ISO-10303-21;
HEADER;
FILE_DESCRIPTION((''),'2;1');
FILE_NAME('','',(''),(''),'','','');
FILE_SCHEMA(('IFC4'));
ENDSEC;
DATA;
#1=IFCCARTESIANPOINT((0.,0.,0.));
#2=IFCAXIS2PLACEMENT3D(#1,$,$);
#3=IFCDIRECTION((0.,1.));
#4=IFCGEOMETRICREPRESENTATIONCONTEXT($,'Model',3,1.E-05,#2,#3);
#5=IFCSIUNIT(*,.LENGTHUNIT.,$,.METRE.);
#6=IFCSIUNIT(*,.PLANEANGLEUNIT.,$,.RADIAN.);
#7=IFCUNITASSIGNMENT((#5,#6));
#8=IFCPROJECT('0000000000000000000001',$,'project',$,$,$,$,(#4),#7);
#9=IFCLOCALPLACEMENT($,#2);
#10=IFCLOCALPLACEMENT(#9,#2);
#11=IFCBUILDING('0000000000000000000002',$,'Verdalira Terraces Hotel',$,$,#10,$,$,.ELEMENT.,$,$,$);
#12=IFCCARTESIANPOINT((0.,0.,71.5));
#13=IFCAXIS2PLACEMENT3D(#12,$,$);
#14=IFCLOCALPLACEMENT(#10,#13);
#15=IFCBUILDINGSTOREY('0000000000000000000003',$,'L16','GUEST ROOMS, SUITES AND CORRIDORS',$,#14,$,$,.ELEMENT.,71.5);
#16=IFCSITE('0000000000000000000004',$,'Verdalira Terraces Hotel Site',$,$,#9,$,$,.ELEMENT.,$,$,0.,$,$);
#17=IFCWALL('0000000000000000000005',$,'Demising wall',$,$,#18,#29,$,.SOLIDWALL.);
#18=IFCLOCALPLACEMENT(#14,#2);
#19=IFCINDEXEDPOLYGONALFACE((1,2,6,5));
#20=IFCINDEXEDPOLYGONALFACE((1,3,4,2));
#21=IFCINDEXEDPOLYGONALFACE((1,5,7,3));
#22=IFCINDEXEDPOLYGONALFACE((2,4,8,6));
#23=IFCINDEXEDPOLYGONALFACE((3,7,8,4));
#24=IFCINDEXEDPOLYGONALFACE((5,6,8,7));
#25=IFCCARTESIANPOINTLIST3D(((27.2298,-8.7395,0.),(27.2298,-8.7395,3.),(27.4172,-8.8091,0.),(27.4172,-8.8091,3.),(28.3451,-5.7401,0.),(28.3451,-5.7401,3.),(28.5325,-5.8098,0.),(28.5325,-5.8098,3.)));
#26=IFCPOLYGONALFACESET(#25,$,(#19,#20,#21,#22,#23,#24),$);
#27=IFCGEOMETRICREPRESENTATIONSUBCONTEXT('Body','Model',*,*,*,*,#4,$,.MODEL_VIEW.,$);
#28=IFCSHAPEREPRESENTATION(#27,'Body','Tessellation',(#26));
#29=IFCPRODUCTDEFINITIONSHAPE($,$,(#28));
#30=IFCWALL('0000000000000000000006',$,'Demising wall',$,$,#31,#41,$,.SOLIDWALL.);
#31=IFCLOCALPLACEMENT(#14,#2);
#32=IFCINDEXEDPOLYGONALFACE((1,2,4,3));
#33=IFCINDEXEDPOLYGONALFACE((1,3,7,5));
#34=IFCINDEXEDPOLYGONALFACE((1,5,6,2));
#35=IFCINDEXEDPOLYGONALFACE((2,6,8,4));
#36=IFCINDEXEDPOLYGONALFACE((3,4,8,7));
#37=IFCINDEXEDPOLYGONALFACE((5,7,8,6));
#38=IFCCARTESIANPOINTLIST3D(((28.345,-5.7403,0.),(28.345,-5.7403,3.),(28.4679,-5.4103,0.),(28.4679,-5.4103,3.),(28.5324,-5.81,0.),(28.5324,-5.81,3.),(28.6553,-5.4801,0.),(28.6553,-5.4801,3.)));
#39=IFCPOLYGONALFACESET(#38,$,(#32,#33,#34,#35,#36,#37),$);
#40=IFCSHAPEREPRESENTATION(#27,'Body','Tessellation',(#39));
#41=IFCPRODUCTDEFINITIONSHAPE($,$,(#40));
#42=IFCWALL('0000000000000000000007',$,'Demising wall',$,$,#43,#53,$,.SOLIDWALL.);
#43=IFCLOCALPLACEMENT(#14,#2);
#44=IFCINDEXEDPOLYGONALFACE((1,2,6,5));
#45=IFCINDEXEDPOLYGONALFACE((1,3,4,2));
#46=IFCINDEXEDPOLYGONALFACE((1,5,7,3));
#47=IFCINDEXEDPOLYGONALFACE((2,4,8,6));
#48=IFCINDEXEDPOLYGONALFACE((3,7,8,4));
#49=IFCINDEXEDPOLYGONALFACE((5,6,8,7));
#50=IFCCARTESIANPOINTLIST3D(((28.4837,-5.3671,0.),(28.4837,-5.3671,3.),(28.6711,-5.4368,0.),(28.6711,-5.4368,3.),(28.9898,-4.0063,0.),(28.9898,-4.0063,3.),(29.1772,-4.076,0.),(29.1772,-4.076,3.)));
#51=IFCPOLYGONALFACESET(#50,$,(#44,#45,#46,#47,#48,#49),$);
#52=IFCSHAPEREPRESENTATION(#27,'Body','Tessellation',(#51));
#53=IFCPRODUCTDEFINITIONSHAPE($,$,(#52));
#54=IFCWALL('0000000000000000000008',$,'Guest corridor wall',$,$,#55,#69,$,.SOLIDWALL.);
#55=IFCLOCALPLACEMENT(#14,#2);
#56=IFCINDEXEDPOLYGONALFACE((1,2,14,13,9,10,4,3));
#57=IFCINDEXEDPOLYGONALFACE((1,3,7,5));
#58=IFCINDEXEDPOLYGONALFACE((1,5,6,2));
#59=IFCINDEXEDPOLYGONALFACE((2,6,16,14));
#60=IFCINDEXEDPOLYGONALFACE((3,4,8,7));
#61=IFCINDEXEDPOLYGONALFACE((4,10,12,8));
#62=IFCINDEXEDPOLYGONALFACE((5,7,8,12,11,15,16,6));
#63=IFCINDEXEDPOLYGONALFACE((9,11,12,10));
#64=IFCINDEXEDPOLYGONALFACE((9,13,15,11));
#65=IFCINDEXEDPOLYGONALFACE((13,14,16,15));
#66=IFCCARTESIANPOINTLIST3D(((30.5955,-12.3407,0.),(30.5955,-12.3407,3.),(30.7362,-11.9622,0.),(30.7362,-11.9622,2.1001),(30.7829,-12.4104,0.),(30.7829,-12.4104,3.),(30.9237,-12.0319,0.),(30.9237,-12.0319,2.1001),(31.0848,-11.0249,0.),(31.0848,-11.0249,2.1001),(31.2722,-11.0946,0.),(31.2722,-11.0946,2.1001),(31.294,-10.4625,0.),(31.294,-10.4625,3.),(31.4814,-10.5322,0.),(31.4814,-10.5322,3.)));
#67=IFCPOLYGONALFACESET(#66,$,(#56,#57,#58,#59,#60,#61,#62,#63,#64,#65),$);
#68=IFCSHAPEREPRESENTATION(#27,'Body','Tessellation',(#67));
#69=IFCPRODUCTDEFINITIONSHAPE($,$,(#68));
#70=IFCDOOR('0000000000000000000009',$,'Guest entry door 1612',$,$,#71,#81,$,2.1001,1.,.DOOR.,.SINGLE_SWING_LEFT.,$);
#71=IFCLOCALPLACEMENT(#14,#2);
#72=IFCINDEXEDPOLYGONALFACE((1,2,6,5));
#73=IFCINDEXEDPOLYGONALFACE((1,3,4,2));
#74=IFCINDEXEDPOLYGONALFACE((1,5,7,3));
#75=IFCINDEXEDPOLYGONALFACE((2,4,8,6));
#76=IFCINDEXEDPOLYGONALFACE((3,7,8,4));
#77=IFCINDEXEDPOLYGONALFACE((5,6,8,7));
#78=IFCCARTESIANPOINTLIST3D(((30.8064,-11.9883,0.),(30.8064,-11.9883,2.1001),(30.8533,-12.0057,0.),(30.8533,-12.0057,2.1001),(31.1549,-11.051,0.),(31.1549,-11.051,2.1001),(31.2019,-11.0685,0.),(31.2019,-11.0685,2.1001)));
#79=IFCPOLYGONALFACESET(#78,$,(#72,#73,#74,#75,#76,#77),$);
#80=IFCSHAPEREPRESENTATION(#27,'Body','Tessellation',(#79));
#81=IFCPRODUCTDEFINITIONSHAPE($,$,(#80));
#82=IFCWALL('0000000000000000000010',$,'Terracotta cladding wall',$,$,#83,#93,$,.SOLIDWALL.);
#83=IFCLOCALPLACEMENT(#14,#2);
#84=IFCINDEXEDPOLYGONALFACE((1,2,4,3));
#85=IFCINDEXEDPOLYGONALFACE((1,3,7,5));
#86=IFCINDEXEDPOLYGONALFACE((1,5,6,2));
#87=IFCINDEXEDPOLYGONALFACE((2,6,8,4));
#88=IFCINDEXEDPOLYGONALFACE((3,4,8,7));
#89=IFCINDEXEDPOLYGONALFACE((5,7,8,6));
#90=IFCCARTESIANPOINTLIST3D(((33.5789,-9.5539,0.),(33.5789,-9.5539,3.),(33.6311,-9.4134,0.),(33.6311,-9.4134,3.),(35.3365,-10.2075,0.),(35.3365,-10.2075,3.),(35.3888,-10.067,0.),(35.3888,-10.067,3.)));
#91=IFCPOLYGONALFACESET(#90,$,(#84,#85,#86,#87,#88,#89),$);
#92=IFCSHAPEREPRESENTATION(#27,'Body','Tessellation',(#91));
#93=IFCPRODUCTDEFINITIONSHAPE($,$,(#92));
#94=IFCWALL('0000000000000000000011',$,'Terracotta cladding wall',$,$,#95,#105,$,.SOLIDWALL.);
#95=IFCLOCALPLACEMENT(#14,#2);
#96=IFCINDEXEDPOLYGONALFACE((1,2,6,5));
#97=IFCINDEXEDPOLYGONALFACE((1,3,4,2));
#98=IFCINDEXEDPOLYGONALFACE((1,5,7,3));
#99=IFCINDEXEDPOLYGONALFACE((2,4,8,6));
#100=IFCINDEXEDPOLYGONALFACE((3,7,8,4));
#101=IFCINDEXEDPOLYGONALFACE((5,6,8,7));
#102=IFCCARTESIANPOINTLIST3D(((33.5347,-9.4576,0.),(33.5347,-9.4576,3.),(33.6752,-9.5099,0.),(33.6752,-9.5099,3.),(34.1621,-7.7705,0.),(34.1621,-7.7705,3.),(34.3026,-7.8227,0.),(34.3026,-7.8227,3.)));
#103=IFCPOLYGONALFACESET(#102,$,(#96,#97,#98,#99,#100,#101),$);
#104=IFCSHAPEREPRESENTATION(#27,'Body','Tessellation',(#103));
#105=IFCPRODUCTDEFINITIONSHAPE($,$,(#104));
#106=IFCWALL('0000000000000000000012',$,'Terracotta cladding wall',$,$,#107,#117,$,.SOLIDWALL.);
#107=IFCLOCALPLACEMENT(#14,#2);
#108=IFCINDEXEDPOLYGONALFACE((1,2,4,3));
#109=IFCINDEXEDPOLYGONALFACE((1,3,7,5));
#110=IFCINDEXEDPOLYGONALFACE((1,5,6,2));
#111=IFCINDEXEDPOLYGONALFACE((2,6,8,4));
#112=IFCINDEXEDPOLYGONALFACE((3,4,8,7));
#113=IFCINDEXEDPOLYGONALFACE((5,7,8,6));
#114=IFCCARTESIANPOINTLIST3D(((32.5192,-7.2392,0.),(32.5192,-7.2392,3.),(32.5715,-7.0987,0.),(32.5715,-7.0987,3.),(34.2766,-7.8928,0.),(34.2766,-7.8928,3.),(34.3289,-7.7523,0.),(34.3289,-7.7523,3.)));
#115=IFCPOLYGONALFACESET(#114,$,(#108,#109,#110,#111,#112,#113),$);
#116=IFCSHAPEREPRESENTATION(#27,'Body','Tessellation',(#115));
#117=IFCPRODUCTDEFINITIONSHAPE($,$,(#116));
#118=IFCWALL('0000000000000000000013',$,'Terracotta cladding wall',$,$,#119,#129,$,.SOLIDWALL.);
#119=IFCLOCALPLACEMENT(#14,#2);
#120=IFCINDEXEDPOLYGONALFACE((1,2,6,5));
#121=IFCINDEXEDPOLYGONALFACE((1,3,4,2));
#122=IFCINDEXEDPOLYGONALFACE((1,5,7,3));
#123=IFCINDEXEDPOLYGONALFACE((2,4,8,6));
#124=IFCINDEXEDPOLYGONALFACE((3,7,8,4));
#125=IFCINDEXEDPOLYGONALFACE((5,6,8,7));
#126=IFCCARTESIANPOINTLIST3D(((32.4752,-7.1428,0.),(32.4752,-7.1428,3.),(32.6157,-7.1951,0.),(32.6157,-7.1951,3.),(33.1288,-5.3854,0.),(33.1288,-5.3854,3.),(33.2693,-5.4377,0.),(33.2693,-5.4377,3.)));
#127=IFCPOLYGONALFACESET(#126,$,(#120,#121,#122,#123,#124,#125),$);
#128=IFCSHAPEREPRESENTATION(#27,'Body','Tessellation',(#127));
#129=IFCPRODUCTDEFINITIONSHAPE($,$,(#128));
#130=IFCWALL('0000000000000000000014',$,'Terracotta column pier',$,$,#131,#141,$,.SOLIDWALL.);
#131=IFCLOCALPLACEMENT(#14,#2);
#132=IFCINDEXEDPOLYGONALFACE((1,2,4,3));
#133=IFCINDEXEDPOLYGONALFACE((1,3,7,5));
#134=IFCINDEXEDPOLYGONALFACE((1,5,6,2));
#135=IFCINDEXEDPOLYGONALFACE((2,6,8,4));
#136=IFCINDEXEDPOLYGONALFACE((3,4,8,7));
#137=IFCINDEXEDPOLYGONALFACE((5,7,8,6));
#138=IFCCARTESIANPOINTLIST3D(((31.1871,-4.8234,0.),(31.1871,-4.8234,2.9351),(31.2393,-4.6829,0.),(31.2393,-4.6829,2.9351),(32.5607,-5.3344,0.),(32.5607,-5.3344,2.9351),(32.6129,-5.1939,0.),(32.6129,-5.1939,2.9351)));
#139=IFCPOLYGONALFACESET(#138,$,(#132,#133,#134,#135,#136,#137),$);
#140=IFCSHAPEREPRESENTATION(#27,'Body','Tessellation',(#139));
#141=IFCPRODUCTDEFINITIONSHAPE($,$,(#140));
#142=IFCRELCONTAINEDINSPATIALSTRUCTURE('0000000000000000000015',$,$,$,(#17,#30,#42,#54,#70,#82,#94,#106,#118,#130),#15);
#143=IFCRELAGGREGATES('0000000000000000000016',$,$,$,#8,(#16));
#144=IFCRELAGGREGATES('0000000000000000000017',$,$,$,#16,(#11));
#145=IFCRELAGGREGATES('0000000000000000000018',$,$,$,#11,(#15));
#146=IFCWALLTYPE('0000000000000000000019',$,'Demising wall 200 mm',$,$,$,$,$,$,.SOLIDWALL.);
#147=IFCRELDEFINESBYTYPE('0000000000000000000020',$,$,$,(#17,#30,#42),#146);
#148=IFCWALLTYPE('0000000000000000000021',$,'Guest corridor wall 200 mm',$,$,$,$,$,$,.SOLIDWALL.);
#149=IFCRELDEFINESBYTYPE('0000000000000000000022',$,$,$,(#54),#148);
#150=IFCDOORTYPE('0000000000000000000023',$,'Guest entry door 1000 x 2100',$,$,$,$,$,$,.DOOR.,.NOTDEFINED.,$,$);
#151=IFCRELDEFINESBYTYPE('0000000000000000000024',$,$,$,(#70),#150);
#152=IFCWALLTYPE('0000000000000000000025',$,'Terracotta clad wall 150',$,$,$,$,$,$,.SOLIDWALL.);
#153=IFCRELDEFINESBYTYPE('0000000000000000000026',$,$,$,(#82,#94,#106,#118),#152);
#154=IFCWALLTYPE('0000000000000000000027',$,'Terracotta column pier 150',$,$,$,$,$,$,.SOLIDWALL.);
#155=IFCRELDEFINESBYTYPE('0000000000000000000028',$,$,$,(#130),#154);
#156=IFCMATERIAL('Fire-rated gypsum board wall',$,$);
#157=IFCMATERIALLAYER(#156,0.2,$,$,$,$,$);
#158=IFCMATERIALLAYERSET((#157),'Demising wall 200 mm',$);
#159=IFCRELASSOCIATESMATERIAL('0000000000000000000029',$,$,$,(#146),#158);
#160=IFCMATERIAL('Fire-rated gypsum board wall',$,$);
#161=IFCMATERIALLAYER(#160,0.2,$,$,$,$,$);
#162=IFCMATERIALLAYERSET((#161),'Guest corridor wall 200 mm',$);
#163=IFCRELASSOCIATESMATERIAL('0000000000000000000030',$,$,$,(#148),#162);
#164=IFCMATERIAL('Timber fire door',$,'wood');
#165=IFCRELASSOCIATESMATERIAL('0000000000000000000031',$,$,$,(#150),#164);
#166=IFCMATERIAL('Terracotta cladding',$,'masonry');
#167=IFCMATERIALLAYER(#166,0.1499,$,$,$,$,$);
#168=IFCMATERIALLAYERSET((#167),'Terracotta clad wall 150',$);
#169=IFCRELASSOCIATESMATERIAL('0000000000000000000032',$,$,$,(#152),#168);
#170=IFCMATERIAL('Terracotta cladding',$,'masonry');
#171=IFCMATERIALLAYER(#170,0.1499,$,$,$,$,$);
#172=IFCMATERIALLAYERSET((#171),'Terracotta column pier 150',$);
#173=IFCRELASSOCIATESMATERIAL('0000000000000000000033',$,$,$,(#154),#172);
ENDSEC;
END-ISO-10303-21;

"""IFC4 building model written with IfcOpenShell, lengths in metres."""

from ifc_helpers import new_model, si_unit, direction, frame, frame_2d, origin, place, context, subcontext, project, spatial, rectangle, extrude, material, layer, layer_set, type_object, element, fill, save


model = new_model("IFC4")

# Units and contexts
model_context = context("Model", 3, precision=1e-05, world=origin(), true_north=direction((0.0, 1.0)))
body_context = subcontext(model_context, "Body", "Model", "MODEL_VIEW")
ifc_project = project(units=[si_unit("LENGTHUNIT", "METRE"), si_unit("PLANEANGLEUNIT", "RADIAN")], contexts=[model_context])

# Site, building, storey
site_placement = place(None, origin())
site = spatial("IfcSite", under=ifc_project, at=site_placement, Name="Verdalira Terraces Hotel Site", CompositionType="ELEMENT", RefElevation=0.0)
building_placement = place(site_placement, origin())
building = spatial("IfcBuilding", under=site, at=building_placement, Name="Verdalira Terraces Hotel", CompositionType="ELEMENT")
storey_placement = place(building_placement, frame((0.0, 0.0, 71.5)))
storey = spatial("IfcBuildingStorey", under=building, at=storey_placement, Name="L16", Description="GUEST ROOMS, SUITES AND CORRIDORS", CompositionType="ELEMENT", Elevation=71.5)

# Walls
ifc_material_1 = material(Name="Fire-rated gypsum board wall")
ifc_layer_1 = layer(ifc_material_1, 0.2)
ifc_layer_set_1 = layer_set([ifc_layer_1], Name="Demising wall 200 mm")
wall_type_1 = type_object("IfcWallType", Name="Demising wall 200 mm", PredefinedType="SOLIDWALL", material=ifc_layer_set_1)
wall_1_placement = place(storey_placement, frame((27.3235, -8.7744, 0.0), z_axis=(0.0, 0.0, 1.0), x_axis=(0.348522, 0.937301, 0.0)))
element("IfcWall", 1, at=wall_1_placement, inside=storey, type_object=wall_type_1, Name="Demising wall", PredefinedType="SOLIDWALL", context=body_context, shape_type="SweptSolid", body=[
    extrude(rectangle(XDim=3.2, YDim=0.2, at=frame_2d((1.6001, 0.0))), origin(), (0.0, 0.0, 1.0), 3.0),
])
wall_2_placement = place(storey_placement, frame((28.4387, -5.7751, 0.0), z_axis=(0.0, 0.0, 1.0), x_axis=(0.348918, 0.937153, 0.0)))
element("IfcWall", 2, at=wall_2_placement, inside=storey, type_object=wall_type_1, Name="Demising wall", PredefinedType="SOLIDWALL", context=body_context, shape_type="SweptSolid", body=[
    extrude(rectangle(XDim=0.3521, YDim=0.2, at=frame_2d((0.176, 0.0))), origin(), (0.0, 0.0, 1.0), 3.0),
])
wall_3_placement = place(storey_placement, frame((28.5774, -5.4021, 0.0), z_axis=(0.0, 0.0, 1.0), x_axis=(0.348579, 0.937279, 0.0)))
element("IfcWall", 3, at=wall_3_placement, inside=storey, type_object=wall_type_1, Name="Demising wall", PredefinedType="SOLIDWALL", context=body_context, shape_type="SweptSolid", body=[
    extrude(rectangle(XDim=1.4519, YDim=0.2, at=frame_2d((0.7261, 0.0))), origin(), (0.0, 0.0, 1.0), 3.0),
])

# Wall, opening, door
ifc_material_2 = material(Name="Fire-rated gypsum board wall")
ifc_layer_2 = layer(ifc_material_2, 0.2)
ifc_layer_set_2 = layer_set([ifc_layer_2], Name="Guest corridor wall 200 mm")
wall_type_2 = type_object("IfcWallType", Name="Guest corridor wall 200 mm", PredefinedType="SOLIDWALL", material=ifc_layer_set_2)
wall_4_placement = place(storey_placement, frame((31.3877, -10.4973, 0.0), z_axis=(0.0, 0.0, 1.0), x_axis=(-0.348572, -0.937282, 0.0)))
wall_4 = element("IfcWall", 4, at=wall_4_placement, inside=storey, type_object=wall_type_2, Name="Guest corridor wall", PredefinedType="SOLIDWALL", context=body_context, shape_type="SweptSolid", body=[
    extrude(rectangle(XDim=2.0039, YDim=0.2, at=frame_2d((1.002, 0.0))), origin(), (0.0, 0.0, 1.0), 3.0),
])
opening_1_placement = place(wall_4_placement, frame((0.6001, 0.0, 0.0)))
opening_1 = element("IfcOpeningElement", 5, at=opening_1_placement, cuts=wall_4, PredefinedType="OPENING", context=body_context, shape_type="SweptSolid", body=[
    extrude(rectangle(XDim=1.0, YDim=2.1001, at=frame_2d((0.5, 1.05))), frame((0.0, 0.1099, 0.0), z_axis=(0.0, -1.0, 0.0), x_axis=(1.0, 0.0, 0.0)), (0.0, 0.0, 1.0), 0.22),
])
ifc_material_3 = material(Name="Timber fire door", Category="wood")
door_type_1 = type_object("IfcDoorType", Name="Guest entry door 1000 x 2100", OperationType="NOTDEFINED", PredefinedType="DOOR", material=ifc_material_3)
door_1_placement = place(opening_1_placement, origin())
door_1 = element("IfcDoor", 6, at=door_1_placement, inside=storey, type_object=door_type_1, Name="Guest entry door 1612", OperationType="SINGLE_SWING_LEFT", OverallHeight=2.1001, OverallWidth=1.0, PredefinedType="DOOR", context=body_context, shape_type="SweptSolid", body=[
    extrude(rectangle(XDim=1.0, YDim=2.1001, at=frame_2d((0.5, 1.05))), frame((0.0, 0.0249, 0.0), z_axis=(0.0, -1.0, 0.0), x_axis=(1.0, 0.0, 0.0)), (0.0, 0.0, 1.0), 0.05),
])
fill(opening_1, door_1)

# Walls
ifc_material_4 = material(Name="Terracotta cladding", Category="masonry")
ifc_layer_3 = layer(ifc_material_4, 0.1499)
ifc_layer_set_3 = layer_set([ifc_layer_3], Name="Terracotta clad wall 150")
wall_type_3 = type_object("IfcWallType", Name="Terracotta clad wall 150", PredefinedType="SOLIDWALL", material=ifc_layer_set_3)
wall_5_placement = place(storey_placement, frame((35.3625, -10.1372, 0.0), z_axis=(0.0, 0.0, 1.0), x_axis=(-0.937294, 0.34854, 0.0)))
element("IfcWall", 7, at=wall_5_placement, inside=storey, type_object=wall_type_3, Name="Terracotta cladding wall", PredefinedType="SOLIDWALL", context=body_context, shape_type="SweptSolid", body=[
    extrude(rectangle(XDim=1.8752, YDim=0.1499, at=frame_2d((0.9375, 0.0))), origin(), (0.0, 0.0, 1.0), 3.0),
])
wall_6_placement = place(storey_placement, frame((33.605, -9.4836, 0.0), z_axis=(0.0, 0.0, 1.0), x_axis=(0.348551, 0.93729, 0.0)))
element("IfcWall", 8, at=wall_6_placement, inside=storey, type_object=wall_type_3, Name="Terracotta cladding wall", PredefinedType="SOLIDWALL", context=body_context, shape_type="SweptSolid", body=[
    extrude(rectangle(XDim=1.8, YDim=0.1499, at=frame_2d((0.8999, 0.0))), origin(), (0.0, 0.0, 1.0), 3.0),
])
for number, where, z_axis, x_axis, name in (
    (9, (34.3027, -7.8225, 0.0), (0.0, 0.0, 1.0), (-0.937278, 0.348582, 0.0), "Terracotta cladding wall"),
    (10, (32.5454, -7.1689, 0.0), (0.0, 0.0, 1.0), (0.348582, 0.937278, 0.0), "Terracotta cladding wall"),
):
    element("IfcWall", number, at=place(storey_placement, frame(where, z_axis=z_axis, x_axis=x_axis)), inside=storey, type_object=wall_type_3, Name=name, PredefinedType="SOLIDWALL", context=body_context, shape_type="SweptSolid", body=[
        extrude(rectangle(XDim=1.875, YDim=0.1499, at=frame_2d((0.9375, 0.0))), origin(), (0.0, 0.0, 1.0), 3.0),
    ])
ifc_material_5 = material(Name="Terracotta cladding", Category="masonry")
ifc_layer_4 = layer(ifc_material_5, 0.1499)
ifc_layer_set_4 = layer_set([ifc_layer_4], Name="Terracotta column pier 150")
wall_type_4 = type_object("IfcWallType", Name="Terracotta column pier 150", PredefinedType="SOLIDWALL", material=ifc_layer_set_4)
wall_7_placement = place(storey_placement, frame((32.5869, -5.2642, 0.0), z_axis=(0.0, 0.0, 1.0), x_axis=(-0.937243, 0.348676, 0.0)))
element("IfcWall", 11, at=wall_7_placement, inside=storey, type_object=wall_type_4, Name="Terracotta column pier", PredefinedType="SOLIDWALL", context=body_context, shape_type="SweptSolid", body=[
    extrude(rectangle(XDim=1.4656, YDim=0.1499, at=frame_2d((0.7329, 0.0))), origin(), (0.0, 0.0, 1.0), 2.9351),
])

save(model, "model.ifc")
